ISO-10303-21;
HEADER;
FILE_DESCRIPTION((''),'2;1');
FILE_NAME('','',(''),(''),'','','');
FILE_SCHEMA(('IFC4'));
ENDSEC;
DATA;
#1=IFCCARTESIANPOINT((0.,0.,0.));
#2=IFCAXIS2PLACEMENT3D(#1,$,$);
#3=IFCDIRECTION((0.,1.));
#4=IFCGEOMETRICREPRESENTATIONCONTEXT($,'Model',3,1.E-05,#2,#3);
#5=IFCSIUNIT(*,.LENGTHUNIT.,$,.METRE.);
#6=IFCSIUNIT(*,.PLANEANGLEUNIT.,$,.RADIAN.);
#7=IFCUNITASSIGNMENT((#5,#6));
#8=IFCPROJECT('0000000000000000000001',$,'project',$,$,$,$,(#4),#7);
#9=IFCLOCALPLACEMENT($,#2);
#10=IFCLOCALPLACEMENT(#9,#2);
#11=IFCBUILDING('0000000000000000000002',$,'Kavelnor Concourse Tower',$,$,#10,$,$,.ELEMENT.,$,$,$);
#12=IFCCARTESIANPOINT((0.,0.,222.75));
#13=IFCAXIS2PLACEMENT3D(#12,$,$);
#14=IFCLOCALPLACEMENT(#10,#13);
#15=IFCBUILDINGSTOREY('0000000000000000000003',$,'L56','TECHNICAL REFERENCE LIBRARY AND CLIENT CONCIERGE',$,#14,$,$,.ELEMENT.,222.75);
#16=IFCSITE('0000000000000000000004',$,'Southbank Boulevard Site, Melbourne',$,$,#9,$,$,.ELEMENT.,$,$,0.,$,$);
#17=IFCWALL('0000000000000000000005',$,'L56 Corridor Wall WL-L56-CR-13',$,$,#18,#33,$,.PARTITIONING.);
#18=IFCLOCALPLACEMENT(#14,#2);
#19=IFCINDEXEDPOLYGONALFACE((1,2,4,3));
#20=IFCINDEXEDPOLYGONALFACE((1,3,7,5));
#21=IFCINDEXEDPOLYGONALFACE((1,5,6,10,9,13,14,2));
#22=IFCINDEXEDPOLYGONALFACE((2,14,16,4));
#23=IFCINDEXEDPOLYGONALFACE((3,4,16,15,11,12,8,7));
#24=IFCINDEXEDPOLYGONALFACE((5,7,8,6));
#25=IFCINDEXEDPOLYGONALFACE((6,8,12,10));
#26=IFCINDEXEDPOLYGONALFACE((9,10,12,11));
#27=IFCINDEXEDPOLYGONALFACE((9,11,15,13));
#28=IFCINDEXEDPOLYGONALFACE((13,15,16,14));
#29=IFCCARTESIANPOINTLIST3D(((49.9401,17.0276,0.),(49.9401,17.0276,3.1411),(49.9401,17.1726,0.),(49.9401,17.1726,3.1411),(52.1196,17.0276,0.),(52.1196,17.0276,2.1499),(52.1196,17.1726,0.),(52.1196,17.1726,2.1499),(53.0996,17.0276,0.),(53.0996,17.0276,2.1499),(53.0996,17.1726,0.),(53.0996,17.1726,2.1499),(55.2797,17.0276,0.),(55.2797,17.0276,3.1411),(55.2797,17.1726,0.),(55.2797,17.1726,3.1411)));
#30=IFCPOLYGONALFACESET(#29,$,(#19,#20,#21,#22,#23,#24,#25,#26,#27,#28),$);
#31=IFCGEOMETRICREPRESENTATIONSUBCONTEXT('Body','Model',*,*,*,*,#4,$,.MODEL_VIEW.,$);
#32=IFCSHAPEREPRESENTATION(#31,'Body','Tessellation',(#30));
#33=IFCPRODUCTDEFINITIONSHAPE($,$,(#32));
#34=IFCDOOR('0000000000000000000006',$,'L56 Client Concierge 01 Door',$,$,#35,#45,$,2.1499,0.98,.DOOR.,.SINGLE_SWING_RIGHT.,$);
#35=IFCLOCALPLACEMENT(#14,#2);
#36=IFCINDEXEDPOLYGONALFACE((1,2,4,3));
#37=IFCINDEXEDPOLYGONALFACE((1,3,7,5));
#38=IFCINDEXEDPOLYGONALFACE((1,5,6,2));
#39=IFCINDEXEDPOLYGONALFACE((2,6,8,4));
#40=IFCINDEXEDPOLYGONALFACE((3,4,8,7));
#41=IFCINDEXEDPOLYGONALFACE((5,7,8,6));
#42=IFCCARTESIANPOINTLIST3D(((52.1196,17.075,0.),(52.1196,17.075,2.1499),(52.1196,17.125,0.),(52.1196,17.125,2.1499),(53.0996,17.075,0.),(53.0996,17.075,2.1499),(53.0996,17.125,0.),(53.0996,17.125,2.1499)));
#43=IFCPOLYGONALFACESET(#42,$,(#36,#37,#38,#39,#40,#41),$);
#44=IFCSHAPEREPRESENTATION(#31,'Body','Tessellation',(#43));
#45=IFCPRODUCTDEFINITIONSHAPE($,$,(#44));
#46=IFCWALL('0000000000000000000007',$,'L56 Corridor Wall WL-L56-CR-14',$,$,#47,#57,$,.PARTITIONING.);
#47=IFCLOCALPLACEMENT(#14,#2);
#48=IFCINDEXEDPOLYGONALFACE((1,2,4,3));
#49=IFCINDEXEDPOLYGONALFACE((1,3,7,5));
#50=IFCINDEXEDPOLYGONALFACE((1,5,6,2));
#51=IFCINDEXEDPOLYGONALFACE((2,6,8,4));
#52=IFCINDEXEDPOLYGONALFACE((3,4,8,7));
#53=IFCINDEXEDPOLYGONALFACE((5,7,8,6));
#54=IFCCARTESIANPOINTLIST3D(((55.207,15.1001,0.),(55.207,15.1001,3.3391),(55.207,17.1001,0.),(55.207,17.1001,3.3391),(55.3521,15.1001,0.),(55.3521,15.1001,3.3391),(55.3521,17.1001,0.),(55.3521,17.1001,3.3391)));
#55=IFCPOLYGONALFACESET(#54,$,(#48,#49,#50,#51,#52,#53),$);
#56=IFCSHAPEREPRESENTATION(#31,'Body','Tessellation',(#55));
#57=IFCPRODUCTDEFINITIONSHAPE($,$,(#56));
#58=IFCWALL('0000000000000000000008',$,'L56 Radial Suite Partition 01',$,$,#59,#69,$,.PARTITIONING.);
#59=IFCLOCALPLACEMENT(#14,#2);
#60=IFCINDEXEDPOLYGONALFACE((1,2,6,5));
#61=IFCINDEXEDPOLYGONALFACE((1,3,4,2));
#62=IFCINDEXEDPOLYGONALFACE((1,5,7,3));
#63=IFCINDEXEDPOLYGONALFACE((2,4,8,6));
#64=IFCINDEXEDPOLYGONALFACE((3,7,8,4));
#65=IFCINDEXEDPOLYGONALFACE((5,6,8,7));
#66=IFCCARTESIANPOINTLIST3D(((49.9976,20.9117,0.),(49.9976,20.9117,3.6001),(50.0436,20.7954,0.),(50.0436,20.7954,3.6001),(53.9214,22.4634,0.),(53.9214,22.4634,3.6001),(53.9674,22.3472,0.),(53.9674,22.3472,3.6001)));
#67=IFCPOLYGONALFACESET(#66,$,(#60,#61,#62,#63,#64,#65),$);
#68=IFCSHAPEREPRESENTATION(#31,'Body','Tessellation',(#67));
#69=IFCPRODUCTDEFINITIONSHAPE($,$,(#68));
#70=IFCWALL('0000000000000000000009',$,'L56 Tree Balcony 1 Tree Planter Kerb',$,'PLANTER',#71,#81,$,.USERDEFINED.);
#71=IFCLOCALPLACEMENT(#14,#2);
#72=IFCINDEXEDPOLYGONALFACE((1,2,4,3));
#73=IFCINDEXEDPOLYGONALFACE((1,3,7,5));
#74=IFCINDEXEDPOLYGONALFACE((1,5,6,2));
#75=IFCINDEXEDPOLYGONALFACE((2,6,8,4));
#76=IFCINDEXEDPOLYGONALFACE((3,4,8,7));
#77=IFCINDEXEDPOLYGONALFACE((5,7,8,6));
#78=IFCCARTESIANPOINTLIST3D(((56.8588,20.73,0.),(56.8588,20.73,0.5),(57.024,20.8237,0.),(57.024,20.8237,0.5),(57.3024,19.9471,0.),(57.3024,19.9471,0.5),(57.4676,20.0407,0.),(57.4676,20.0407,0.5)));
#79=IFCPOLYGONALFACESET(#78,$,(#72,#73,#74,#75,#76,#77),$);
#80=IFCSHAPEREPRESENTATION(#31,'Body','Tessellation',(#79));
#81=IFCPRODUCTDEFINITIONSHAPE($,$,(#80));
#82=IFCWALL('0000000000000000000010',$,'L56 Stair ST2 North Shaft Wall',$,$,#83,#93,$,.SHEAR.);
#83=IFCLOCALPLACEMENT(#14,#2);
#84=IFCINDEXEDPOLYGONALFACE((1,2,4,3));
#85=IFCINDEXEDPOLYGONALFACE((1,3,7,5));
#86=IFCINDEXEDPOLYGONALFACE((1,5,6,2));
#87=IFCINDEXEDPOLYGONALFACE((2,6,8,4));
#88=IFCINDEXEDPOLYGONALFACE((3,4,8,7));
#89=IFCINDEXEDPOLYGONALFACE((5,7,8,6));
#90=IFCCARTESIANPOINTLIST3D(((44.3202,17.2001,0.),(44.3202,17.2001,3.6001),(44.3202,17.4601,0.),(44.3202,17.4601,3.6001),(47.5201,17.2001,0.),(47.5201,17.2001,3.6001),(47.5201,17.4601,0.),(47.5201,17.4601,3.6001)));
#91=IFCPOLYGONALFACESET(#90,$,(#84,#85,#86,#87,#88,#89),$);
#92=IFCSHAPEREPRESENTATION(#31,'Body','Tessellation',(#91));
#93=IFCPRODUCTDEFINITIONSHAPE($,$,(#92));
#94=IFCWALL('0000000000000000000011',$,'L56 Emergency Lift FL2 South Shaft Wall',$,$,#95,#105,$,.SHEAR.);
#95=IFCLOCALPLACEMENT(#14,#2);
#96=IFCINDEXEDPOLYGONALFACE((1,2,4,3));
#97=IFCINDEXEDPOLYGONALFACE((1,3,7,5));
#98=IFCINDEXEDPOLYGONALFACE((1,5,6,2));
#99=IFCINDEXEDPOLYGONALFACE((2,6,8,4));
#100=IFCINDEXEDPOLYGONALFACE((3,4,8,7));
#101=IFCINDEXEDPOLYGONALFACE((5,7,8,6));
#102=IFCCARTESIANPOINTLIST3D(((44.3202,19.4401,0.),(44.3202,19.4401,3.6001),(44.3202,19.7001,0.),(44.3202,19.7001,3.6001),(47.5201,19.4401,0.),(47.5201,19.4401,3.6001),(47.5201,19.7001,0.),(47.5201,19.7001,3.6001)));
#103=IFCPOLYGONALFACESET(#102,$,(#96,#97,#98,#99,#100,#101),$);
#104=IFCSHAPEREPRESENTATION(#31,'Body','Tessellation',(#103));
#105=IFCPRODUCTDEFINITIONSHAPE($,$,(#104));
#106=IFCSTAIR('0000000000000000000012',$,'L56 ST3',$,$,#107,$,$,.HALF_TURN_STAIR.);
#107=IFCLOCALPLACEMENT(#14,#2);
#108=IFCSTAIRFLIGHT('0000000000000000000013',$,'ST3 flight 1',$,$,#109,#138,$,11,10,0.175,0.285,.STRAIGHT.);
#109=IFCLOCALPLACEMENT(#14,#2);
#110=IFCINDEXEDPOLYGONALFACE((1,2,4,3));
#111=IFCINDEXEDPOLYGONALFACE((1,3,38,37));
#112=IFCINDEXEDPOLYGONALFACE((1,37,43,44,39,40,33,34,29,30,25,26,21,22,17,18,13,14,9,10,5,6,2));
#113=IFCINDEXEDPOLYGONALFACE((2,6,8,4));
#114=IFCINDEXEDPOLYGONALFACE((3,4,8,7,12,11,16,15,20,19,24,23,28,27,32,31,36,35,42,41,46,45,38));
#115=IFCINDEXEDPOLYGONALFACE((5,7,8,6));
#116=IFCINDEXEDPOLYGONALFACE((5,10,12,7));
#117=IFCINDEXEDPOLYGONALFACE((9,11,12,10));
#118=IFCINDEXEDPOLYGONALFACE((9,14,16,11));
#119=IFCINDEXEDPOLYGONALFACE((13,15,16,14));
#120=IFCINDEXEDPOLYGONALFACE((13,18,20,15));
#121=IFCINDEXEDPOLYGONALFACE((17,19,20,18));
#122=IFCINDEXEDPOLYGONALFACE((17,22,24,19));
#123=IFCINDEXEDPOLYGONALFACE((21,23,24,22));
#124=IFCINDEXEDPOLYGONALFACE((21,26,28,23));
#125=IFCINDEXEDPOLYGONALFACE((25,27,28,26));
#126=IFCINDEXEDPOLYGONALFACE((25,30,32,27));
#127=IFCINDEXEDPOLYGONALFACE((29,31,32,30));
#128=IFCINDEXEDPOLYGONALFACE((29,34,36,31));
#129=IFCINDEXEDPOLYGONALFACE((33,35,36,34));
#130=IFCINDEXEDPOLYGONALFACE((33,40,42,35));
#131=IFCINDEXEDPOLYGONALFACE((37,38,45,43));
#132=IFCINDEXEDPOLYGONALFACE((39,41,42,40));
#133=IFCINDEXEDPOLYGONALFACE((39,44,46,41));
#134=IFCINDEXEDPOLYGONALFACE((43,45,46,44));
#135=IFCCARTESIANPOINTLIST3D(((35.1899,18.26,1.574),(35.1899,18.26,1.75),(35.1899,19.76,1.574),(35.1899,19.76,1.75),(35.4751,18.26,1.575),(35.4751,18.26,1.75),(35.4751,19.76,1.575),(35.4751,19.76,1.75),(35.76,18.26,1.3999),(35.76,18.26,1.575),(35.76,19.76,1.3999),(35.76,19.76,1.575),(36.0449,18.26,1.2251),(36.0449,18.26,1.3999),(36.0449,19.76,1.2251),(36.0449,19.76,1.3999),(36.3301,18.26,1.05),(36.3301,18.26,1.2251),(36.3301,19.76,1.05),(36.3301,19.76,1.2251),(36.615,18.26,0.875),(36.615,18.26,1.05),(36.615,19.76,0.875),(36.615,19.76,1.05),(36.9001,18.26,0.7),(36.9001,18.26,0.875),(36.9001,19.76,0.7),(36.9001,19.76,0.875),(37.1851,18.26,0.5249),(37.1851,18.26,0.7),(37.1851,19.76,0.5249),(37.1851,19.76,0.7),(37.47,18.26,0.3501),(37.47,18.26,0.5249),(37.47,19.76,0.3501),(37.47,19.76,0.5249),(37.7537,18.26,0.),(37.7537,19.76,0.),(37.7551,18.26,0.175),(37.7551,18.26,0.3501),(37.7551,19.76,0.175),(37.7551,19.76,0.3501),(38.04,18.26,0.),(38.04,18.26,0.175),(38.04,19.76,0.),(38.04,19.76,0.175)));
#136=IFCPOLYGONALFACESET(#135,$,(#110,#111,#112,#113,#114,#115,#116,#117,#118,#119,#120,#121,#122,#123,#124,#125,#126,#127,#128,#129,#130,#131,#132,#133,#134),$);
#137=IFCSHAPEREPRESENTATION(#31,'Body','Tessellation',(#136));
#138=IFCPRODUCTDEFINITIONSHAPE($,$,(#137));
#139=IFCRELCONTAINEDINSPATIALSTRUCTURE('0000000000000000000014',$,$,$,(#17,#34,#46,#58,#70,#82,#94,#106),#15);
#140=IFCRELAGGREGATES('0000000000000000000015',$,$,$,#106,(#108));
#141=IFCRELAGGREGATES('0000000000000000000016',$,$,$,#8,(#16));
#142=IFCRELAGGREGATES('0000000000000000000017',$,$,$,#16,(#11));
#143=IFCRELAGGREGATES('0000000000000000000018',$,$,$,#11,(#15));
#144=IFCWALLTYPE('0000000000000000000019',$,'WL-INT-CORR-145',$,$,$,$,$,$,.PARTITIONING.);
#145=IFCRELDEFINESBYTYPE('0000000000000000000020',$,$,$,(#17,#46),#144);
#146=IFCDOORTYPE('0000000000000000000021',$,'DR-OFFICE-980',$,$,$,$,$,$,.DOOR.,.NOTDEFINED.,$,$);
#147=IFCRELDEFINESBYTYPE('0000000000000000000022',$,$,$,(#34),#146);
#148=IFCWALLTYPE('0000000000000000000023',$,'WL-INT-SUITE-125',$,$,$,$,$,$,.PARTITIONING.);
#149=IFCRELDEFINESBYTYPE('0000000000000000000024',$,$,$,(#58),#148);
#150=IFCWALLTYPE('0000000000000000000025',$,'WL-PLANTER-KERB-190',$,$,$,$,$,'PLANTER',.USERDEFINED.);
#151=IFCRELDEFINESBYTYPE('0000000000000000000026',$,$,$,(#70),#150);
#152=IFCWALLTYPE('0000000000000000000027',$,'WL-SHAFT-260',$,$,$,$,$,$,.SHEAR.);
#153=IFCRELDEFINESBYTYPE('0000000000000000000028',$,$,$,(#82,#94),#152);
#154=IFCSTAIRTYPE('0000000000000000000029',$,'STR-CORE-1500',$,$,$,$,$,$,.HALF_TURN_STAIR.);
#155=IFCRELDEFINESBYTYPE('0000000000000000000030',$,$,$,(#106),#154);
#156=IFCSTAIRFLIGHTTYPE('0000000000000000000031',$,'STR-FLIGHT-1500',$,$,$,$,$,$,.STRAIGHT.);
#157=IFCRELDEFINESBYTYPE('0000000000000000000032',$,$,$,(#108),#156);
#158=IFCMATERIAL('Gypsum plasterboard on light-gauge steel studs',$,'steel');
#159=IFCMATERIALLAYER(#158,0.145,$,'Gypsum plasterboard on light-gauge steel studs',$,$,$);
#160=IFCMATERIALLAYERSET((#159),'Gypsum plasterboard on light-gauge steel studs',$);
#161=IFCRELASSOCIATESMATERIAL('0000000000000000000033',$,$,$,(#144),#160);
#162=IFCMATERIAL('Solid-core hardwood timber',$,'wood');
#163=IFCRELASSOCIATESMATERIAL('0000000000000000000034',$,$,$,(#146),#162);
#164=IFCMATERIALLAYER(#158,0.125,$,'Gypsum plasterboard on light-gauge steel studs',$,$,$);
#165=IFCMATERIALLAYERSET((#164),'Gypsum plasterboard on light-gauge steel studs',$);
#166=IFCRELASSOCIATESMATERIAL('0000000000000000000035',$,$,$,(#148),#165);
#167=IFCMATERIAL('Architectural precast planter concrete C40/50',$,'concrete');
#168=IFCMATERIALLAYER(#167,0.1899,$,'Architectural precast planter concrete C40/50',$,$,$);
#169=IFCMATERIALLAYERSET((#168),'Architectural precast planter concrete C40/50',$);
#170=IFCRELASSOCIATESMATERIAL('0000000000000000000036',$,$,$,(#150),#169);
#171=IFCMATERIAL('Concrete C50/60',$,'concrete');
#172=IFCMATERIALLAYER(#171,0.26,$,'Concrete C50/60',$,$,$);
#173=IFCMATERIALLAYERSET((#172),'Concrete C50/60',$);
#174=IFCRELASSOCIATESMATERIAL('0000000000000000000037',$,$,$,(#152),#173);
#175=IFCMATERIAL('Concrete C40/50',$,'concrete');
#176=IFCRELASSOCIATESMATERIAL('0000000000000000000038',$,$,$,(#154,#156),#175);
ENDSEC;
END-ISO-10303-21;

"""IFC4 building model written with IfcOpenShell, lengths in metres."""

from ifc_helpers import new_model, si_unit, direction, frame, frame_2d, origin, place, context, subcontext, project, spatial, polyline, rectangle, outline, extrude, material, layer, layer_set, type_object, element, fill, aggregate, save


model = new_model("IFC4")

# Units and contexts
model_context = context("Model", 3, precision=1e-05, world=origin(), true_north=direction((0.0, 1.0)))
body_context = subcontext(model_context, "Body", "Model", "MODEL_VIEW")
ifc_project = project(units=[si_unit("LENGTHUNIT", "METRE"), si_unit("PLANEANGLEUNIT", "RADIAN")], contexts=[model_context])

# Site, building, storey
site_placement = place(None, origin())
site = spatial("IfcSite", under=ifc_project, at=site_placement, Name="Southbank Boulevard Site, Melbourne", CompositionType="ELEMENT", RefElevation=0.0)
building_placement = place(site_placement, origin())
building = spatial("IfcBuilding", under=site, at=building_placement, Name="Kavelnor Concourse Tower", CompositionType="ELEMENT")
storey_placement = place(building_placement, frame((0.0, 0.0, 222.75)))
storey = spatial("IfcBuildingStorey", under=building, at=storey_placement, Name="L56", Description="TECHNICAL REFERENCE LIBRARY AND CLIENT CONCIERGE", CompositionType="ELEMENT", Elevation=222.75)

# Wall, opening, door
ifc_material_1 = material(Name="Gypsum plasterboard on light-gauge steel studs", Category="steel")
ifc_layer_1 = layer(ifc_material_1, 0.145, Name="Gypsum plasterboard on light-gauge steel studs")
ifc_layer_set_1 = layer_set([ifc_layer_1], Name="Gypsum plasterboard on light-gauge steel studs")
wall_type_1 = type_object("IfcWallType", Name="WL-INT-CORR-145", PredefinedType="PARTITIONING", material=ifc_layer_set_1)
wall_1_placement = place(storey_placement, frame((49.9399, 17.1001, 0.0), z_axis=(0.0, 0.0, 1.0), x_axis=(1.0, 0.0, 0.0)))
wall_1 = element("IfcWall", 1, at=wall_1_placement, inside=storey, type_object=wall_type_1, Name="L56 Corridor Wall WL-L56-CR-13", PredefinedType="PARTITIONING", context=body_context, shape_type="SweptSolid", body=[
    extrude(rectangle(XDim=5.3396, YDim=0.145, at=frame_2d((2.6699, 0.0))), origin(), (0.0, 0.0, 1.0), 3.1411),
])
opening_placement = place(wall_1_placement, frame((2.1797, 0.0, 0.0)))
opening = element("IfcOpeningElement", 2, at=opening_placement, cuts=wall_1, PredefinedType="OPENING", context=body_context, shape_type="SweptSolid", body=[
    extrude(rectangle(XDim=0.98, YDim=2.1499, at=frame_2d((0.49, 1.075))), frame((0.0, 0.0825, 0.0), z_axis=(0.0, -1.0, 0.0), x_axis=(1.0, 0.0, 0.0)), (0.0, 0.0, 1.0), 0.165),
])
ifc_material_2 = material(Name="Solid-core hardwood timber", Category="wood")
door_type = type_object("IfcDoorType", Name="DR-OFFICE-980", OperationType="NOTDEFINED", PredefinedType="DOOR", material=ifc_material_2)
door_placement = place(opening_placement, origin())
door = element("IfcDoor", 3, at=door_placement, inside=storey, type_object=door_type, Name="L56 Client Concierge 01 Door", OperationType="SINGLE_SWING_RIGHT", OverallHeight=2.1499, OverallWidth=0.98, PredefinedType="DOOR", context=body_context, shape_type="SweptSolid", body=[
    extrude(rectangle(XDim=0.98, YDim=2.1499, at=frame_2d((0.49, 1.075))), frame((0.0, 0.0249, 0.0), z_axis=(0.0, -1.0, 0.0), x_axis=(1.0, 0.0, 0.0)), (0.0, 0.0, 1.0), 0.05),
])
fill(opening, door)

# Walls
wall_2_placement = place(storey_placement, frame((55.2795, 17.1001, 0.0), z_axis=(0.0, 0.0, 1.0), x_axis=(0.0, -1.0, 0.0)))
element("IfcWall", 4, at=wall_2_placement, inside=storey, type_object=wall_type_1, Name="L56 Corridor Wall WL-L56-CR-14", PredefinedType="PARTITIONING", context=body_context, shape_type="SweptSolid", body=[
    extrude(rectangle(XDim=2.0, YDim=0.145, at=frame_2d((1.0, 0.0))), origin(), (0.0, 0.0, 1.0), 3.3391),
])
ifc_layer_2 = layer(ifc_material_1, 0.125, Name="Gypsum plasterboard on light-gauge steel studs")
ifc_layer_set_2 = layer_set([ifc_layer_2], Name="Gypsum plasterboard on light-gauge steel studs")
wall_type_2 = type_object("IfcWallType", Name="WL-INT-SUITE-125", PredefinedType="PARTITIONING", material=ifc_layer_set_2)
wall_3_placement = place(storey_placement, frame((50.0205, 20.8535, 0.0), z_axis=(0.0, 0.0, 1.0), x_axis=(0.929922, 0.367757, 0.0)))
element("IfcWall", 5, at=wall_3_placement, inside=storey, type_object=wall_type_2, Name="L56 Radial Suite Partition 01", PredefinedType="PARTITIONING", context=body_context, shape_type="SweptSolid", body=[
    extrude(rectangle(XDim=4.2195, YDim=0.125, at=frame_2d((2.1099, 0.0))), origin(), (0.0, 0.0, 1.0), 3.6001),
])
ifc_material_3 = material(Name="Architectural precast planter concrete C40/50", Category="concrete")
ifc_layer_3 = layer(ifc_material_3, 0.1899, Name="Architectural precast planter concrete C40/50")
ifc_layer_set_3 = layer_set([ifc_layer_3], Name="Architectural precast planter concrete C40/50")
wall_type_3 = type_object("IfcWallType", Name="WL-PLANTER-KERB-190", ElementType="PLANTER", PredefinedType="USERDEFINED", material=ifc_layer_set_3)
wall_4_placement = place(storey_placement, frame((57.385, 19.9939, 0.0), z_axis=(0.0, 0.0, 1.0), x_axis=(-0.492951, 0.870057, 0.0)))
element("IfcWall", 6, at=wall_4_placement, inside=storey, type_object=wall_type_3, Name="L56 Tree Balcony 1 Tree Planter Kerb", ObjectType="PLANTER", PredefinedType="USERDEFINED", context=body_context, shape_type="SweptSolid", body=[
    extrude(rectangle(XDim=0.8999, YDim=0.1899, at=frame_2d((0.45, 0.0))), origin(), (0.0, 0.0, 1.0), 0.5),
])
ifc_material_4 = material(Name="Concrete C50/60", Category="concrete")
ifc_layer_4 = layer(ifc_material_4, 0.26, Name="Concrete C50/60")
ifc_layer_set_4 = layer_set([ifc_layer_4], Name="Concrete C50/60")
wall_type_4 = type_object("IfcWallType", Name="WL-SHAFT-260", PredefinedType="SHEAR", material=ifc_layer_set_4)
for number, where, z_axis, x_axis, name in (
    (7, (44.3201, 17.3301, 0.0), (0.0, 0.0, 1.0), (1.0, 0.0, 0.0), "L56 Stair ST2 North Shaft Wall"),
    (8, (44.3201, 19.5701, 0.0), (0.0, 0.0, 1.0), (1.0, 0.0, 0.0), "L56 Emergency Lift FL2 South Shaft Wall"),
):
    element("IfcWall", number, at=place(storey_placement, frame(where, z_axis=z_axis, x_axis=x_axis)), inside=storey, type_object=wall_type_4, Name=name, PredefinedType="SHEAR", context=body_context, shape_type="SweptSolid", body=[
        extrude(rectangle(XDim=3.2, YDim=0.26, at=frame_2d((1.6001, 0.0))), origin(), (0.0, 0.0, 1.0), 3.6001),
    ])

# Stair, stair flight
ifc_material_5 = material(Name="Concrete C40/50", Category="concrete")
stair_type = type_object("IfcStairType", Name="STR-CORE-1500", PredefinedType="HALF_TURN_STAIR", material=ifc_material_5)
stair_placement = place(storey_placement, origin())
stair = element("IfcStair", 9, at=stair_placement, inside=storey, type_object=stair_type, Name="L56 ST3", PredefinedType="HALF_TURN_STAIR")
stair_flight_type = type_object("IfcStairFlightType", Name="STR-FLIGHT-1500", PredefinedType="STRAIGHT", material=ifc_material_5)
stair_flight_placement = place(storey_placement, frame((38.04, 19.01, 0.0), z_axis=(0.0, 0.0, 1.0), x_axis=(-1.0, 0.0, 0.0)))
stair_flight = element("IfcStairFlight", 10, at=stair_flight_placement, type_object=stair_flight_type, Name="ST3 flight 1", NumberOfRisers=11, NumberOfTreads=10, PredefinedType="STRAIGHT", RiserHeight=0.175, TreadLength=0.285, context=body_context, shape_type="SweptSolid", body=[
    extrude(outline(polyline([(0.0, 0.0), (0.0, 0.175), (0.2849, 0.175), (0.2849, 0.3501), (0.5701, 0.3501), (0.5701, 0.5249), (0.855, 0.5249), (0.855, 0.7), (1.1399, 0.7), (1.1399, 0.875), (1.425, 0.875), (1.425, 1.05), (1.71, 1.05), (1.71, 1.2251), (1.9951, 1.2251), (1.9951, 1.3999), (2.28, 1.3999), (2.28, 1.575), (2.5649, 1.575), (2.5649, 1.75), (2.8501, 1.75), (2.8501, 1.925), (2.8501, 1.574), (0.2864, 0.0), (0.0, 0.0)])), frame((0.0, 0.75, 0.0), z_axis=(0.0, -1.0, 0.0), x_axis=(1.0, 0.0, 0.0)), (0.0, 0.0, 1.0), 1.5),
])
aggregate(stair, [stair_flight])

save(model, "model.ifc")
